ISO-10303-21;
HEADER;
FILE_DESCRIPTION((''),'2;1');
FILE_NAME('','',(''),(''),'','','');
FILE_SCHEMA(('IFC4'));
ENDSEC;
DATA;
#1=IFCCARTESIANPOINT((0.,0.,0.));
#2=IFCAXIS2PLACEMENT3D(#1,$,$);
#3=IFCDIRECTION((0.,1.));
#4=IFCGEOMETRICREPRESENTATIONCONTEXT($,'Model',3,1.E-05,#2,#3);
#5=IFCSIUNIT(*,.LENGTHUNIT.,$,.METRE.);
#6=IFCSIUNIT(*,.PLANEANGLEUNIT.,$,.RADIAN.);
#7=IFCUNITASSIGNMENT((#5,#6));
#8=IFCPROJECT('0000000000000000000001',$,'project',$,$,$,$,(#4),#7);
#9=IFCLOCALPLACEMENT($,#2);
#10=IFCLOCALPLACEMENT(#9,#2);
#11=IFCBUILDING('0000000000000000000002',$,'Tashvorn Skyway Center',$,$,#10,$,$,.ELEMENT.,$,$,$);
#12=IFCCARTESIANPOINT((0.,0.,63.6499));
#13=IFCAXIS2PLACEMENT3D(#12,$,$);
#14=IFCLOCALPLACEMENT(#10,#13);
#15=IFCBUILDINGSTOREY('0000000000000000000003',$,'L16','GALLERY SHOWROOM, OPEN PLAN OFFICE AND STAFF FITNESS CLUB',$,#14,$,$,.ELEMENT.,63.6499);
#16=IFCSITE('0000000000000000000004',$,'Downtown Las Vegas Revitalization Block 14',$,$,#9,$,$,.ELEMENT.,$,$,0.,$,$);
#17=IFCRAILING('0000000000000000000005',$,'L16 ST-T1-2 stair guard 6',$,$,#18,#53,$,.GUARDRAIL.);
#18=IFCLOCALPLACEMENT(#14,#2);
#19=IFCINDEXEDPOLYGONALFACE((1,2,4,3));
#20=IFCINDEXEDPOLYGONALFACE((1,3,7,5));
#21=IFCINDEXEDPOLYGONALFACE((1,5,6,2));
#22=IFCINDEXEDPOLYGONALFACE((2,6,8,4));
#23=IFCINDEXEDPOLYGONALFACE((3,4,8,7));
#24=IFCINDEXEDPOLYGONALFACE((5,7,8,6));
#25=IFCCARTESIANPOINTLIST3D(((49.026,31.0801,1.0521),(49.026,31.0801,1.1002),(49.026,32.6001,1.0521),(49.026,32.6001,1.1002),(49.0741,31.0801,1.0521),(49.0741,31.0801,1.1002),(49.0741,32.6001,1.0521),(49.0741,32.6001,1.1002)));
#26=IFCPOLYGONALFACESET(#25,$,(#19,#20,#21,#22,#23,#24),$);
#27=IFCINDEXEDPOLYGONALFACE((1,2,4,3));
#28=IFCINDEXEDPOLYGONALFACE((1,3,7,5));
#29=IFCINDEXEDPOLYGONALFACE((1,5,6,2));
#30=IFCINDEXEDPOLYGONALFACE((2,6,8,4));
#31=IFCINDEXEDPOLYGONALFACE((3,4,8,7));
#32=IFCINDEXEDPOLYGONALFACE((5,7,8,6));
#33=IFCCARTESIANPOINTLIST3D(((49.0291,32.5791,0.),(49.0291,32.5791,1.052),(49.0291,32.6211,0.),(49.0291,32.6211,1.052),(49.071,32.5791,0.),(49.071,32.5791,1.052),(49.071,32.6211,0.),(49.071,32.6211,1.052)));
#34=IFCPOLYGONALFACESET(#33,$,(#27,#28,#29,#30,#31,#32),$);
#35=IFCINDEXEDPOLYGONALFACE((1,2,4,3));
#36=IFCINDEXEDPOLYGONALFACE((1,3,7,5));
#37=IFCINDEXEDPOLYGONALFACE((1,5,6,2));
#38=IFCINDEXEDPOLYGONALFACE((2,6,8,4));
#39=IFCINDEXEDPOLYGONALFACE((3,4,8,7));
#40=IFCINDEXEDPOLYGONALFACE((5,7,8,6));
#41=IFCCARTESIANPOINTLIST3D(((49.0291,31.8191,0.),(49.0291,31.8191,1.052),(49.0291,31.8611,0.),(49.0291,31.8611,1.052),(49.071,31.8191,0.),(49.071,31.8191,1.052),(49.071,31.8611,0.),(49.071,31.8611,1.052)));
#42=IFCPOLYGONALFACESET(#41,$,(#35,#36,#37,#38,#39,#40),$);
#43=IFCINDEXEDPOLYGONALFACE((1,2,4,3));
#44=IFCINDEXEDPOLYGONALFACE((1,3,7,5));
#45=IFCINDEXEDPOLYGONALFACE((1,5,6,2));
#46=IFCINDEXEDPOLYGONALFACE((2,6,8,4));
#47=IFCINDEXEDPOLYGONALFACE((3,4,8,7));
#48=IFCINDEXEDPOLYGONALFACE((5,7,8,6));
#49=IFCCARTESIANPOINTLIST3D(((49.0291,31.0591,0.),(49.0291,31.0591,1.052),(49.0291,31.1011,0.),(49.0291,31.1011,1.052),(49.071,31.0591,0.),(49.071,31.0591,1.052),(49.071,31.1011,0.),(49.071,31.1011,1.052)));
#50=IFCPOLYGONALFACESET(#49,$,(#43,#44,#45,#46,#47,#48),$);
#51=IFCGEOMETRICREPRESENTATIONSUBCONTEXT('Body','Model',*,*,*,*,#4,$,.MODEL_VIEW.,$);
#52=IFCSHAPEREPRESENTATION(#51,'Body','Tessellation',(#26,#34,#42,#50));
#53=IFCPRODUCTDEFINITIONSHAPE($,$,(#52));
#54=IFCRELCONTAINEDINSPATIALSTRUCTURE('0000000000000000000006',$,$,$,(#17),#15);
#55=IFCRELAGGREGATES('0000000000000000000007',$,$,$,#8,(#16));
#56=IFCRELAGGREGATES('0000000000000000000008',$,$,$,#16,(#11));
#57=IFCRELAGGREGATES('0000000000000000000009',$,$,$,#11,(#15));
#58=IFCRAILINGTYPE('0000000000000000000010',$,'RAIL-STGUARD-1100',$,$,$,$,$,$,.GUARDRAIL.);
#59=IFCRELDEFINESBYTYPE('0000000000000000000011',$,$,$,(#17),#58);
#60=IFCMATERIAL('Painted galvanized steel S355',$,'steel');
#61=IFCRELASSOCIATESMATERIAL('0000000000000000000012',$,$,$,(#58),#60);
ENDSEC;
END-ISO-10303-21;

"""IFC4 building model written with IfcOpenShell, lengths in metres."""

from ifc_helpers import new_model, si_unit, direction, frame, origin, origin_2d, place, context, subcontext, project, spatial, rectangle, extrude, material, type_object, element, save


model = new_model("IFC4")

# Units and contexts
model_context = context("Model", 3, precision=1e-05, world=origin(), true_north=direction((0.0, 1.0)))
body_context = subcontext(model_context, "Body", "Model", "MODEL_VIEW")
ifc_project = project(units=[si_unit("LENGTHUNIT", "METRE"), si_unit("PLANEANGLEUNIT", "RADIAN")], contexts=[model_context])

# Site, building, storey
site_placement = place(None, origin())
site = spatial("IfcSite", under=ifc_project, at=site_placement, Name="Downtown Las Vegas Revitalization Block 14", CompositionType="ELEMENT", RefElevation=0.0)
building_placement = place(site_placement, origin())
building = spatial("IfcBuilding", under=site, at=building_placement, Name="Tashvorn Skyway Center", CompositionType="ELEMENT")
storey_placement = place(building_placement, frame((0.0, 0.0, 63.6499)))
storey = spatial("IfcBuildingStorey", under=building, at=storey_placement, Name="L16", Description="GALLERY SHOWROOM, OPEN PLAN OFFICE AND STAFF FITNESS CLUB", CompositionType="ELEMENT", Elevation=63.6499)

# Railing
ifc_material_1 = material(Name="Painted galvanized steel S355", Category="steel")
railing_type_1 = type_object("IfcRailingType", Name="RAIL-STGUARD-1100", PredefinedType="GUARDRAIL", material=ifc_material_1)
railing_1_placement = place(storey_placement, frame((49.05, 32.6001, 0.0)))
element("IfcRailing", 1, at=railing_1_placement, inside=storey, type_object=railing_type_1, Name="L16 ST-T1-2 stair guard 6", PredefinedType="GUARDRAIL", context=body_context, shape_type="SweptSolid", body=[
    extrude(rectangle(XDim=0.0481, YDim=0.0481, at=origin_2d()), frame((0.0, 0.0, 1.0762), z_axis=(0.0, -1.0, 0.0), x_axis=(1.0, 0.0, 0.0)), (0.0, 0.0, 1.0), 1.52),
    extrude(rectangle(XDim=0.042, YDim=0.042, at=origin_2d()), origin(), (0.0, 0.0, 1.0), 1.052),
    extrude(rectangle(XDim=0.042, YDim=0.042, at=origin_2d()), frame((0.0, -0.76, 0.0)), (0.0, 0.0, 1.0), 1.052),
    extrude(rectangle(XDim=0.042, YDim=0.042, at=origin_2d()), frame((0.0, -1.52, 0.0)), (0.0, 0.0, 1.0), 1.052),
])

save(model, "model.ifc")
